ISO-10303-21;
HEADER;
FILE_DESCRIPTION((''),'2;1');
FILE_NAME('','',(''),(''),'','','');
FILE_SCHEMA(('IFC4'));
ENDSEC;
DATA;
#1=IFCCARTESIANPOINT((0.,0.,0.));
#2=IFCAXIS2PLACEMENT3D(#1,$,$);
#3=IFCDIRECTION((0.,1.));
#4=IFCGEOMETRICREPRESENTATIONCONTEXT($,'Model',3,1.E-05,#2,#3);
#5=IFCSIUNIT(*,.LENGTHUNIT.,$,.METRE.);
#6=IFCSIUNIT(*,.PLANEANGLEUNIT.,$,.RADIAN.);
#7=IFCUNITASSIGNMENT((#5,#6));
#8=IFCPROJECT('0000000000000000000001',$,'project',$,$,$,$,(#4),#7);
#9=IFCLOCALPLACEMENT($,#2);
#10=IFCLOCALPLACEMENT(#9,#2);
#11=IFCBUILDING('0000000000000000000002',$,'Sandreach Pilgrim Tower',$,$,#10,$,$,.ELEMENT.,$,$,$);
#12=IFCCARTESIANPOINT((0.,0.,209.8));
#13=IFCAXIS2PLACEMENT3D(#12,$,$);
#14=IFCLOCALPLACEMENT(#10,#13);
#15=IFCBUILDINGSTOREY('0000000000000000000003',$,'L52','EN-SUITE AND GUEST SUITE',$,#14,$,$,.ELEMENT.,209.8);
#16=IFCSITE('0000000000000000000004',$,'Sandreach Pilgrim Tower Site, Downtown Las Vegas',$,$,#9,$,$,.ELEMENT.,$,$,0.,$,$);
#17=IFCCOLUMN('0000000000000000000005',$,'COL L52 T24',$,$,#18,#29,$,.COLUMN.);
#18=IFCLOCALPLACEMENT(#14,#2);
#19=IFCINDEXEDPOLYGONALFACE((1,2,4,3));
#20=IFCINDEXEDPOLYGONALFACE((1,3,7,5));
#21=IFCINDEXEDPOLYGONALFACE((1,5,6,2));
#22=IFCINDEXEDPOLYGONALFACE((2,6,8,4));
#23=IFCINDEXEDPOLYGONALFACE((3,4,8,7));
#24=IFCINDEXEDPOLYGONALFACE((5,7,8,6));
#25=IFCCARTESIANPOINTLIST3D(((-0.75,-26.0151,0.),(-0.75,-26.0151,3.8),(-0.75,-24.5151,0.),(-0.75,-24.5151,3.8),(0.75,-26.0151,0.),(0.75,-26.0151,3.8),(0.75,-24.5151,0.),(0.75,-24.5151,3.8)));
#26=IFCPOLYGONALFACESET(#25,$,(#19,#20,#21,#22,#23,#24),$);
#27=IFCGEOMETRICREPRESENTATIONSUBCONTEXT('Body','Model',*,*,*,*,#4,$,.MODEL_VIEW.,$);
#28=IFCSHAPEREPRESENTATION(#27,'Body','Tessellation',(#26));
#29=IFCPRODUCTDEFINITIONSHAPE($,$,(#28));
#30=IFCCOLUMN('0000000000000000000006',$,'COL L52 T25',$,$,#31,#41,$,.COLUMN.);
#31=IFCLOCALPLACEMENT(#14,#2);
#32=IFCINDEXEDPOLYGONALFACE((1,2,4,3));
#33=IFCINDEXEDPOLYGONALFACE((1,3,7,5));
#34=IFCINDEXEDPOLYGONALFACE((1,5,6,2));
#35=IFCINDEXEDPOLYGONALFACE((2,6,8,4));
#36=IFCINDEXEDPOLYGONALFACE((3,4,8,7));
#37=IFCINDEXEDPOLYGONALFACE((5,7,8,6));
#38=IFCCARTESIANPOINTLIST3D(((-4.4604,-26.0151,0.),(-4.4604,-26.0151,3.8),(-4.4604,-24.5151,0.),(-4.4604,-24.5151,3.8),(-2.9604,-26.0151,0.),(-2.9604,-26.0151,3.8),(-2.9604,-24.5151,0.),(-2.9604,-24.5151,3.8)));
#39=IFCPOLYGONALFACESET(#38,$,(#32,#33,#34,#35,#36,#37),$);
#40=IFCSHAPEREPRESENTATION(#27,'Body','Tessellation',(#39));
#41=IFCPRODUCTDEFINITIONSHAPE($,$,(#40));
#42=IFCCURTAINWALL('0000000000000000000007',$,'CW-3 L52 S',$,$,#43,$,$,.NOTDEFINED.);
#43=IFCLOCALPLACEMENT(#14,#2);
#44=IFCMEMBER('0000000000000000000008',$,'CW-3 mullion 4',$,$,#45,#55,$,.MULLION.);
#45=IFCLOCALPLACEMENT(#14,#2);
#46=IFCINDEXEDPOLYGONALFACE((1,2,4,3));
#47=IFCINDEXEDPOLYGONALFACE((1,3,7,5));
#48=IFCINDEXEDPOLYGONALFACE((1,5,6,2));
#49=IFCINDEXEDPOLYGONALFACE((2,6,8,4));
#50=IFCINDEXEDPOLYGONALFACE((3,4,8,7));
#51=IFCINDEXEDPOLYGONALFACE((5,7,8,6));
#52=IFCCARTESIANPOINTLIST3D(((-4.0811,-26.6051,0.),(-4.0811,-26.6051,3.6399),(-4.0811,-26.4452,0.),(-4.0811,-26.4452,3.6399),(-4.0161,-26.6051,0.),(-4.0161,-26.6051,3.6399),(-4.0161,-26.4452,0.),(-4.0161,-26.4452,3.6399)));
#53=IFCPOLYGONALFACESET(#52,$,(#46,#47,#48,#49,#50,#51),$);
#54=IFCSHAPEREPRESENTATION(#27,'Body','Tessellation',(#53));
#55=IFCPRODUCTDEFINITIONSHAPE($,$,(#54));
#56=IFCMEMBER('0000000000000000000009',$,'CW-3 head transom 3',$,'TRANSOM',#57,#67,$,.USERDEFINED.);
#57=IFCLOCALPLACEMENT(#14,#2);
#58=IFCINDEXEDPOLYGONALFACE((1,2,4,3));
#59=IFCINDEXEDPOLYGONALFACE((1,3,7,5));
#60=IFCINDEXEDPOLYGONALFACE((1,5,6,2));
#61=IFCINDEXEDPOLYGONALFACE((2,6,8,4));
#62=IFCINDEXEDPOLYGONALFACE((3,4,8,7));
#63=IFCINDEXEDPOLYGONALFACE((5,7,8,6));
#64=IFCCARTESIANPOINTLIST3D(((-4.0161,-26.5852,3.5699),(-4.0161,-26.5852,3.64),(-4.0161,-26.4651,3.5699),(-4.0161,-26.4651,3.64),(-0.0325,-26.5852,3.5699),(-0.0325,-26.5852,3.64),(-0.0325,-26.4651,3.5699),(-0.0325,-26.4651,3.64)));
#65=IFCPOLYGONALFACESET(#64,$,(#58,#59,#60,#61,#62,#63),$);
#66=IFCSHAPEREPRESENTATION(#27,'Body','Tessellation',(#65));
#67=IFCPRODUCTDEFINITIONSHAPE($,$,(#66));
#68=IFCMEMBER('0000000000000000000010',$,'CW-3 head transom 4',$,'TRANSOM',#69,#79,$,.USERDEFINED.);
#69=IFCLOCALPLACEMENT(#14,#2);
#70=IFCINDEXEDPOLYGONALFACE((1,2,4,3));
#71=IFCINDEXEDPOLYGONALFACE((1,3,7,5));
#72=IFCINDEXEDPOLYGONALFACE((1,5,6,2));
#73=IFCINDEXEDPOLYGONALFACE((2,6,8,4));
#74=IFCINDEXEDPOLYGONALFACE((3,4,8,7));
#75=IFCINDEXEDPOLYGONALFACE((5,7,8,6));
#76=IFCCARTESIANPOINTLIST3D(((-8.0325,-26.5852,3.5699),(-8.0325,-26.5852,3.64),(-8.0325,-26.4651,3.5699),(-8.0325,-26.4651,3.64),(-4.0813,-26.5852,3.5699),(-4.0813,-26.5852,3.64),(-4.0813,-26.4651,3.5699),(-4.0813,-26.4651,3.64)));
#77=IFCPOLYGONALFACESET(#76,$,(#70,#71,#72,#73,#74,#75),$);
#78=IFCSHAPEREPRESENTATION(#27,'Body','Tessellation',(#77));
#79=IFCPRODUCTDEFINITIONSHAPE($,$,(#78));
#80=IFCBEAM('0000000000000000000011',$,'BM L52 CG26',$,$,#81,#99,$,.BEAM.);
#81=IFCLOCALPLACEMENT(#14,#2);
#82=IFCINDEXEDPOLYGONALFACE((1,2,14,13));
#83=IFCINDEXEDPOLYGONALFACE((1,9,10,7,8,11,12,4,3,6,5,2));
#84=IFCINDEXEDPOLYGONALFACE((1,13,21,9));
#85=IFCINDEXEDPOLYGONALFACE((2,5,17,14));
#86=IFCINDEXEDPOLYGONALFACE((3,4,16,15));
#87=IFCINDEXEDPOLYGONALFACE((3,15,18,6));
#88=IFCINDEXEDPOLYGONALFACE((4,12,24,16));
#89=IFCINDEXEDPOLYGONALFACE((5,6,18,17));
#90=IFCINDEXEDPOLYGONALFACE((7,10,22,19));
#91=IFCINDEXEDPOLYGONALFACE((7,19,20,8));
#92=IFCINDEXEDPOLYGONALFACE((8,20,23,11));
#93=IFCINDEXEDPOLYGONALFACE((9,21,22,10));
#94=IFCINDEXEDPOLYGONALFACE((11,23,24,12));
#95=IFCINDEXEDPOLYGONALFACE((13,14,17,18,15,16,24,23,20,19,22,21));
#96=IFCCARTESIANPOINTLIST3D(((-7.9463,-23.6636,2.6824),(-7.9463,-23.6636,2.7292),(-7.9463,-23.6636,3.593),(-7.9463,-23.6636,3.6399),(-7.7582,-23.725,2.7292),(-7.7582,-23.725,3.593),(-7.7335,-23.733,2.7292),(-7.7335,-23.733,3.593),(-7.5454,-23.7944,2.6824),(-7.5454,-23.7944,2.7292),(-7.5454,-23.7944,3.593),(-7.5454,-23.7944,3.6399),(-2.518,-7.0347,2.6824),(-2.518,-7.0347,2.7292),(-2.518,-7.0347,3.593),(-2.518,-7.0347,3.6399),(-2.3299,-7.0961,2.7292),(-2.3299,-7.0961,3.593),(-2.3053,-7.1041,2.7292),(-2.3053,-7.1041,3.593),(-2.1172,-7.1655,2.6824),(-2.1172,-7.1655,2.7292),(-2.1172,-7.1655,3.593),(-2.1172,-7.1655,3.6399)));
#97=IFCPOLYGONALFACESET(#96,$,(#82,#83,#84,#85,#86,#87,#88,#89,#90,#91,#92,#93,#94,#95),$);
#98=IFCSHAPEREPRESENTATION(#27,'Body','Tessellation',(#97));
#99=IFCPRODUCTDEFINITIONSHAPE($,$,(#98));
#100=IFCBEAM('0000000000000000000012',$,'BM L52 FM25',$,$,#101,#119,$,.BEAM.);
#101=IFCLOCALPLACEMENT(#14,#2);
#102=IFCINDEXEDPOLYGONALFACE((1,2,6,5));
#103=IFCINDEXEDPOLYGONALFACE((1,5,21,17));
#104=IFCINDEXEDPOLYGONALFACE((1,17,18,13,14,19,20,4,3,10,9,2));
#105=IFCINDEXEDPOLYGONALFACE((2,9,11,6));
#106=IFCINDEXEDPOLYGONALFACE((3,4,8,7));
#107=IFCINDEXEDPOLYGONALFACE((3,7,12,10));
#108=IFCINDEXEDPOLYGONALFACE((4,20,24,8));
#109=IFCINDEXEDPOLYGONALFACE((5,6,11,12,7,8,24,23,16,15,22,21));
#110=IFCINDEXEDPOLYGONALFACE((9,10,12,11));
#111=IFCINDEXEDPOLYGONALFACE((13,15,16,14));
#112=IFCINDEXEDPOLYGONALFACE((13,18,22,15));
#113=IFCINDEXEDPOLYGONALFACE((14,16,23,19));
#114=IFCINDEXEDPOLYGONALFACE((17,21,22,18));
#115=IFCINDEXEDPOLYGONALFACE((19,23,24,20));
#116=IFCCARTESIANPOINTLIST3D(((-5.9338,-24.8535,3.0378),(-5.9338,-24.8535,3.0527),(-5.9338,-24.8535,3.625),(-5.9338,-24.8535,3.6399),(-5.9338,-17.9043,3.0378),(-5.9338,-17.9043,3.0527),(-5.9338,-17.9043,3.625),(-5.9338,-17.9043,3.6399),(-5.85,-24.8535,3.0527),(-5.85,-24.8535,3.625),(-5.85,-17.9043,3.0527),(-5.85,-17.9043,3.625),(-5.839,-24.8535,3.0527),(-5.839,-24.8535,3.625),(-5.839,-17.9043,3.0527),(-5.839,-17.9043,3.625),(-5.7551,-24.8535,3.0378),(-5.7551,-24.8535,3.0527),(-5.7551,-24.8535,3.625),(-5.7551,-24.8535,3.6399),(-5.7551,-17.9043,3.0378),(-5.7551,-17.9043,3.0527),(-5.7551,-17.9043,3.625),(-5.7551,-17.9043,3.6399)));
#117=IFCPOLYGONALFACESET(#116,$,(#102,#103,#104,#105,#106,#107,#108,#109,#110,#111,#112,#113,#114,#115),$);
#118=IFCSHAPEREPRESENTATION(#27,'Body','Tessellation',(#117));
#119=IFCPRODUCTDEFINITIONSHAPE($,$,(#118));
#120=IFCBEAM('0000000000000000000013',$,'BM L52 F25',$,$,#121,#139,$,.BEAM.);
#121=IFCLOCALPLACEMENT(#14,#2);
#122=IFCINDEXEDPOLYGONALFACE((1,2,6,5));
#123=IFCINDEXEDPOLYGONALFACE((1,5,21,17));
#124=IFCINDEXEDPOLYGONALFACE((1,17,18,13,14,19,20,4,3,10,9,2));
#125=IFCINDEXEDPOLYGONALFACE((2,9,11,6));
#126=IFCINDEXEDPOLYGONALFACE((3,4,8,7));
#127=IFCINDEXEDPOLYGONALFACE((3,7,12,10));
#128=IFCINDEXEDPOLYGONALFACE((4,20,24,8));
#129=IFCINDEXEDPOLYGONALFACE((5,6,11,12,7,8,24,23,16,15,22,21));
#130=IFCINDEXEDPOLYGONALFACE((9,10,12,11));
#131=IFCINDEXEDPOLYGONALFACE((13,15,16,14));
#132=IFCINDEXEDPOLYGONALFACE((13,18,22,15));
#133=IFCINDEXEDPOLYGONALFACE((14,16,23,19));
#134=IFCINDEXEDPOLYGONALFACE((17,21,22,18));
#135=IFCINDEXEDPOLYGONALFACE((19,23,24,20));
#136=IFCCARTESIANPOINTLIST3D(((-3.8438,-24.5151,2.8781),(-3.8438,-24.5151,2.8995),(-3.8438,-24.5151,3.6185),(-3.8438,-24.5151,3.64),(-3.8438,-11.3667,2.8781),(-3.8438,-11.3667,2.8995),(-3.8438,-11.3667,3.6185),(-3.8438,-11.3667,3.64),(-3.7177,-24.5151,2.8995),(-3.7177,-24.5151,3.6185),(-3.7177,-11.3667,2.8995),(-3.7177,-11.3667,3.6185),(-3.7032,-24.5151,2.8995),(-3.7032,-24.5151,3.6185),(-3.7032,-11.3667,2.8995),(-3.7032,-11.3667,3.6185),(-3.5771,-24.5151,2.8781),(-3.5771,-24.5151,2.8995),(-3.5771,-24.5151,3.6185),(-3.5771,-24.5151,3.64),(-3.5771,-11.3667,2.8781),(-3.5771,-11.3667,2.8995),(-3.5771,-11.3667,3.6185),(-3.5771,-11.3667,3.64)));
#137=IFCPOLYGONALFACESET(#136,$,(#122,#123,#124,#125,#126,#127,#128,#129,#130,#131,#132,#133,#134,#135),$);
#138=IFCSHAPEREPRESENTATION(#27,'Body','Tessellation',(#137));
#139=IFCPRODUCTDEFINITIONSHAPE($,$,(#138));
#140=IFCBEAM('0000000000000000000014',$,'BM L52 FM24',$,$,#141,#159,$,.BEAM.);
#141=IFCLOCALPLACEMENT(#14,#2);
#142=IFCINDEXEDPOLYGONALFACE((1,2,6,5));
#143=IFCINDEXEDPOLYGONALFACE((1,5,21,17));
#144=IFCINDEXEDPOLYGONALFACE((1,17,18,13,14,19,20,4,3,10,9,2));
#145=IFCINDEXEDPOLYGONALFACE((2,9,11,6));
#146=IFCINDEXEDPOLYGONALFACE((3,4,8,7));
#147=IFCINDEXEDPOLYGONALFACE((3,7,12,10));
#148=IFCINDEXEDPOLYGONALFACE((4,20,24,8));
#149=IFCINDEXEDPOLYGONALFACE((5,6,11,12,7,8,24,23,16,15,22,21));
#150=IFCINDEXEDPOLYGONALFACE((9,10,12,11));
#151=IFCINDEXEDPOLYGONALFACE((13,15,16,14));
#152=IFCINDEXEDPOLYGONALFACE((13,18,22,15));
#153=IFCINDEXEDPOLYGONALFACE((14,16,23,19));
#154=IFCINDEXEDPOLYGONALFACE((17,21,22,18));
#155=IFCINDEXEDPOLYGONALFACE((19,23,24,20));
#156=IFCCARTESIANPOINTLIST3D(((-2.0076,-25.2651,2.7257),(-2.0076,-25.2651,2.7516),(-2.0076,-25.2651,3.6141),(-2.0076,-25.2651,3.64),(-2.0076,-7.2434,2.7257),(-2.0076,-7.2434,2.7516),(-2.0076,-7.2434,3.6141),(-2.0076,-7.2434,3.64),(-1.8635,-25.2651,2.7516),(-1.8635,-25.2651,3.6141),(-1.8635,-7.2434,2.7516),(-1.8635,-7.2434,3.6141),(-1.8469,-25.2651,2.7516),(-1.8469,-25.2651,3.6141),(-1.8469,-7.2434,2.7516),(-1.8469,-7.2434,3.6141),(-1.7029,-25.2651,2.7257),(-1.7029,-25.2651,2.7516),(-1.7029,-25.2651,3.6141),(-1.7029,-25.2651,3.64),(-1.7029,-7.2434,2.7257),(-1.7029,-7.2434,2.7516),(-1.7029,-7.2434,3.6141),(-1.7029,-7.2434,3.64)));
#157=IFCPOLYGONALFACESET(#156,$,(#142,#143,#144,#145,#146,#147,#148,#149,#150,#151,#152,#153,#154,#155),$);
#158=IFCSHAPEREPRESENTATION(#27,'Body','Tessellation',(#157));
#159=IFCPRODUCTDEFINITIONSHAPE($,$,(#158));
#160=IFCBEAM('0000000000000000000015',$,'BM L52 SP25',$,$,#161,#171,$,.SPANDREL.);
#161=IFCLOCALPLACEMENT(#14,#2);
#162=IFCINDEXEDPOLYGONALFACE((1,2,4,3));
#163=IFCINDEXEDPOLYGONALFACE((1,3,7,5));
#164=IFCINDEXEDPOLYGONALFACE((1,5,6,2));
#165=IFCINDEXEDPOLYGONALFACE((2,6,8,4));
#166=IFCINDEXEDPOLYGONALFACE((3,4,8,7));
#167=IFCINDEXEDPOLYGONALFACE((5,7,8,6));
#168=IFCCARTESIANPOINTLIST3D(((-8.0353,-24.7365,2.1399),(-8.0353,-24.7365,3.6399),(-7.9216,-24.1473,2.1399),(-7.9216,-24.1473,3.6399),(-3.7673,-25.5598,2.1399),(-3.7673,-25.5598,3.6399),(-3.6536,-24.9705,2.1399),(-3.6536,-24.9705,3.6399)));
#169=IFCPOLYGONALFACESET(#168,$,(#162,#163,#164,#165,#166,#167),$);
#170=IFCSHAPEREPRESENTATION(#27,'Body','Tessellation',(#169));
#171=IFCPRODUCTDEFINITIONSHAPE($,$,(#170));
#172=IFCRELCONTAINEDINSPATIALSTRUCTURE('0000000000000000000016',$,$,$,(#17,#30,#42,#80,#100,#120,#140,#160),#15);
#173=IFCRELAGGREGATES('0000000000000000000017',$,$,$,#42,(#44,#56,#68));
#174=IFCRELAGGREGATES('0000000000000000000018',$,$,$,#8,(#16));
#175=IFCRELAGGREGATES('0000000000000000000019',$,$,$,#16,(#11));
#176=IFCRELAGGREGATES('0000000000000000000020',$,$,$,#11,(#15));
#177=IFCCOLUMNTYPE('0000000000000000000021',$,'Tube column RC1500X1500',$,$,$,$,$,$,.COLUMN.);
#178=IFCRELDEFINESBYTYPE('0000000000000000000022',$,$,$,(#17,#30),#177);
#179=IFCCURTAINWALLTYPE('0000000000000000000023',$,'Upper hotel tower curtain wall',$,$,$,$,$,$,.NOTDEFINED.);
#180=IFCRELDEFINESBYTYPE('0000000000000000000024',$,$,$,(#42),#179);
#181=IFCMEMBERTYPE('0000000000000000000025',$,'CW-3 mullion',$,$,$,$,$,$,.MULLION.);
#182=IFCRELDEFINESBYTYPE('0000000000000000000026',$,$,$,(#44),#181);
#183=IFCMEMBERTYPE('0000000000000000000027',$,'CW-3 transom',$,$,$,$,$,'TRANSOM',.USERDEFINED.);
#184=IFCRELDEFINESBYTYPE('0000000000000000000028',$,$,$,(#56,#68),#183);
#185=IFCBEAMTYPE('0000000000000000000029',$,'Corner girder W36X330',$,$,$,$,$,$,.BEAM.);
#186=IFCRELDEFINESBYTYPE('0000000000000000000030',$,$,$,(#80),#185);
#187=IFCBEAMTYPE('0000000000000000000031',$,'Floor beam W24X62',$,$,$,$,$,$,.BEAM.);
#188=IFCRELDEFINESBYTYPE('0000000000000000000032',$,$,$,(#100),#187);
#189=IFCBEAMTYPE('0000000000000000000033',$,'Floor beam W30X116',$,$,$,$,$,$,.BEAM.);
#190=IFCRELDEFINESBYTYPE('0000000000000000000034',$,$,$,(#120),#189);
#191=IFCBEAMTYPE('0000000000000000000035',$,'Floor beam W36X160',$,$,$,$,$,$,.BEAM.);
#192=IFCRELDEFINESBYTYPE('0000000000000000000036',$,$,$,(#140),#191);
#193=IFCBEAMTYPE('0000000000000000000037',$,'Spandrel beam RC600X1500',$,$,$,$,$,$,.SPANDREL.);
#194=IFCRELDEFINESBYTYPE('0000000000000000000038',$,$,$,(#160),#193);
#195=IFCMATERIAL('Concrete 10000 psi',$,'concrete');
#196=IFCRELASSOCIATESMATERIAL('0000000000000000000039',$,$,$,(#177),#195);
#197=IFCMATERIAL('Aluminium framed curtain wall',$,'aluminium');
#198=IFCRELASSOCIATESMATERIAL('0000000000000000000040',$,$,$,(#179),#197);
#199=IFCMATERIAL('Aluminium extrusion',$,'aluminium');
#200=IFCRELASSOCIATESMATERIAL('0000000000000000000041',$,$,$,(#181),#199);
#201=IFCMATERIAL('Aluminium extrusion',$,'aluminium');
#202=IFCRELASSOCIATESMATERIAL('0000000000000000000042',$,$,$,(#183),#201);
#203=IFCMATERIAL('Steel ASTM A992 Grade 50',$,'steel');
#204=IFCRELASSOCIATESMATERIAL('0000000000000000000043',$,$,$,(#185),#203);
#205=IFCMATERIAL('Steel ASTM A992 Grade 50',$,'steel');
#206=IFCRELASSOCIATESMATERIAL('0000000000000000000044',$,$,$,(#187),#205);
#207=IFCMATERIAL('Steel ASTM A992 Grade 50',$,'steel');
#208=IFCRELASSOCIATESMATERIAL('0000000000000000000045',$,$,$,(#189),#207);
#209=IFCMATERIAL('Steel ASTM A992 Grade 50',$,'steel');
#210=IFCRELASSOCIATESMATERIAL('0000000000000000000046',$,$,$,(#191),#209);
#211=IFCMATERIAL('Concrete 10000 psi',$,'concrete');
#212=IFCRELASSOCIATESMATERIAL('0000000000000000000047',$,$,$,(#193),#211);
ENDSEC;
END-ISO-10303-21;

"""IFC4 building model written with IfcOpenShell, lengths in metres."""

from ifc_helpers import new_model, si_unit, direction, frame, origin, origin_2d, place, context, subcontext, project, spatial, rectangle, i_section, extrude, material, material_profile, profile_set, type_object, element, aggregate, save


model = new_model("IFC4")

# Units and contexts
model_context = context("Model", 3, precision=1e-05, world=origin(), true_north=direction((0.0, 1.0)))
body_context = subcontext(model_context, "Body", "Model", "MODEL_VIEW")
ifc_project = project(units=[si_unit("LENGTHUNIT", "METRE"), si_unit("PLANEANGLEUNIT", "RADIAN")], contexts=[model_context])

# Site, building, storey
site_placement = place(None, origin())
site = spatial("IfcSite", under=ifc_project, at=site_placement, Name="Sandreach Pilgrim Tower Site, Downtown Las Vegas", CompositionType="ELEMENT", RefElevation=0.0)
building_placement = place(site_placement, origin())
building = spatial("IfcBuilding", under=site, at=building_placement, Name="Sandreach Pilgrim Tower", CompositionType="ELEMENT")
storey_placement = place(building_placement, frame((0.0, 0.0, 209.8)))
storey = spatial("IfcBuildingStorey", under=building, at=storey_placement, Name="L52", Description="EN-SUITE AND GUEST SUITE", CompositionType="ELEMENT", Elevation=209.8)

# Columns
ifc_material_1 = material(Name="Concrete 10000 psi", Category="concrete")
ifc_material_profile_1 = material_profile(ifc_material_1, rectangle(XDim=1.5, YDim=1.5, at=origin_2d()), Name="RC1500X1500")
ifc_profile_set_1 = profile_set([ifc_material_profile_1], Name="Concrete 10000 psi")
column_type = type_object("IfcColumnType", Name="Tube column RC1500X1500", PredefinedType="COLUMN", material=ifc_profile_set_1)
for number, where, z_axis, x_axis, name in (
    (1, (0.0, -25.2651, 0.0), (0.0, 0.0, 1.0), (0.0, -1.0, 0.0), "COL L52 T24"),
    (2, (-3.7104, -25.2651, 0.0), (0.0, 0.0, 1.0), (0.0, -1.0, 0.0), "COL L52 T25"),
):
    element("IfcColumn", number, at=place(storey_placement, frame(where, z_axis=z_axis, x_axis=x_axis)), inside=storey, type_object=column_type, Name=name, PredefinedType="COLUMN", context=body_context, shape_type="SweptSolid", body=[
        extrude(rectangle(XDim=1.5, YDim=1.5, at=origin_2d()), origin(), (0.0, 0.0, 1.0), 3.8),
    ])

# Curtain wall, members
ifc_material_2 = material(Name="Aluminium framed curtain wall", Category="aluminium")
curtain_wall_type = type_object("IfcCurtainWallType", Name="Upper hotel tower curtain wall", PredefinedType="NOTDEFINED", material=ifc_material_2)
curtain_wall_placement = place(storey_placement, origin())
curtain_wall = element("IfcCurtainWall", 3, at=curtain_wall_placement, inside=storey, type_object=curtain_wall_type, Name="CW-3 L52 S", PredefinedType="NOTDEFINED")
ifc_material_3 = material(Name="Aluminium extrusion", Category="aluminium")
ifc_material_profile_2 = material_profile(ifc_material_3, rectangle(XDim=0.0649, YDim=0.1599, at=origin_2d()), Name="CW-3M 65X160")
ifc_profile_set_2 = profile_set([ifc_material_profile_2], Name="Aluminium extrusion")
member_type_1 = type_object("IfcMemberType", Name="CW-3 mullion", PredefinedType="MULLION", material=ifc_profile_set_2)
member_1_placement = place(storey_placement, frame((-4.0486, -26.5251, 0.0), z_axis=(0.0, 0.0, 1.0), x_axis=(-1.0, 0.0, 0.0)))
member_1 = element("IfcMember", 4, at=member_1_placement, type_object=member_type_1, Name="CW-3 mullion 4", PredefinedType="MULLION", context=body_context, shape_type="SweptSolid", body=[
    extrude(rectangle(XDim=0.0649, YDim=0.1599, at=origin_2d()), origin(), (0.0, 0.0, 1.0), 3.6399),
])
ifc_material_4 = material(Name="Aluminium extrusion", Category="aluminium")
ifc_material_profile_3 = material_profile(ifc_material_4, rectangle(XDim=0.1201, YDim=0.0701, at=origin_2d()), Name="CW-3T 120X70")
ifc_profile_set_3 = profile_set([ifc_material_profile_3], Name="Aluminium extrusion")
member_type_2 = type_object("IfcMemberType", Name="CW-3 transom", ElementType="TRANSOM", PredefinedType="USERDEFINED", material=ifc_profile_set_3)
member_2_placement = place(storey_placement, frame((-0.0325, -26.5251, 3.605), z_axis=(-1.0, 0.0, 0.0), x_axis=(0.0, -1.0, 0.0)))
member_2 = element("IfcMember", 5, at=member_2_placement, type_object=member_type_2, Name="CW-3 head transom 3", ObjectType="TRANSOM", PredefinedType="USERDEFINED", context=body_context, shape_type="SweptSolid", body=[
    extrude(rectangle(XDim=0.1201, YDim=0.0701, at=origin_2d()), origin(), (0.0, 0.0, 1.0), 3.9836),
])
member_3_placement = place(storey_placement, frame((-4.0813, -26.5251, 3.605), z_axis=(-1.0, 0.0, 0.0), x_axis=(0.0, -1.0, 0.0)))
member_3 = element("IfcMember", 6, at=member_3_placement, type_object=member_type_2, Name="CW-3 head transom 4", ObjectType="TRANSOM", PredefinedType="USERDEFINED", context=body_context, shape_type="SweptSolid", body=[
    extrude(rectangle(XDim=0.1201, YDim=0.0701, at=origin_2d()), origin(), (0.0, 0.0, 1.0), 3.9512),
])

# Beams
ifc_material_5 = material(Name="Steel ASTM A992 Grade 50", Category="steel")
ifc_material_profile_4 = material_profile(ifc_material_5, i_section(OverallWidth=0.4216, OverallDepth=0.9575, WebThickness=0.0259, FlangeThickness=0.0469, at=origin_2d()), Name="W36X330")
ifc_profile_set_4 = profile_set([ifc_material_profile_4], Name="Steel ASTM A992 Grade 50")
beam_type_1 = type_object("IfcBeamType", Name="Corner girder W36X330", PredefinedType="BEAM", material=ifc_profile_set_4)
beam_1_placement = place(storey_placement, frame((-7.7458, -23.729, 3.1611), z_axis=(0.310318, 0.950633, 0.0), x_axis=(-0.950633, 0.310318, 0.0)))
element("IfcBeam", 7, at=beam_1_placement, inside=storey, type_object=beam_type_1, Name="BM L52 CG26", PredefinedType="BEAM", context=body_context, shape_type="SweptSolid", body=[
    extrude(i_section(OverallWidth=0.4216, OverallDepth=0.9575, WebThickness=0.0259, FlangeThickness=0.0469, at=origin_2d()), origin(), (0.0, 0.0, 1.0), 17.4924),
])
ifc_material_6 = material(Name="Steel ASTM A992 Grade 50", Category="steel")
ifc_material_profile_5 = material_profile(ifc_material_6, i_section(OverallWidth=0.1787, OverallDepth=0.6021, WebThickness=0.011, FlangeThickness=0.0149, at=origin_2d()), Name="W24X62")
ifc_profile_set_5 = profile_set([ifc_material_profile_5], Name="Steel ASTM A992 Grade 50")
beam_type_2 = type_object("IfcBeamType", Name="Floor beam W24X62", PredefinedType="BEAM", material=ifc_profile_set_5)
beam_2_placement = place(storey_placement, frame((-5.8445, -24.8535, 3.3389), z_axis=(0.0, 1.0, 0.0), x_axis=(-1.0, 0.0, 0.0)))
element("IfcBeam", 8, at=beam_2_placement, inside=storey, type_object=beam_type_2, Name="BM L52 FM25", PredefinedType="BEAM", context=body_context, shape_type="SweptSolid", body=[
    extrude(i_section(OverallWidth=0.1787, OverallDepth=0.6021, WebThickness=0.011, FlangeThickness=0.0149, at=origin_2d()), origin(), (0.0, 0.0, 1.0), 6.9492),
])
ifc_material_7 = material(Name="Steel ASTM A992 Grade 50", Category="steel")
ifc_material_profile_6 = material_profile(ifc_material_7, i_section(OverallWidth=0.2666, OverallDepth=0.762, WebThickness=0.0144, FlangeThickness=0.0215, at=origin_2d()), Name="W30X116")
ifc_profile_set_6 = profile_set([ifc_material_profile_6], Name="Steel ASTM A992 Grade 50")
beam_type_3 = type_object("IfcBeamType", Name="Floor beam W30X116", PredefinedType="BEAM", material=ifc_profile_set_6)
beam_3_placement = place(storey_placement, frame((-3.7104, -24.5151, 3.259), z_axis=(0.0, 1.0, 0.0), x_axis=(-1.0, 0.0, 0.0)))
element("IfcBeam", 9, at=beam_3_placement, inside=storey, type_object=beam_type_3, Name="BM L52 F25", PredefinedType="BEAM", context=body_context, shape_type="SweptSolid", body=[
    extrude(i_section(OverallWidth=0.2666, OverallDepth=0.762, WebThickness=0.0144, FlangeThickness=0.0215, at=origin_2d()), origin(), (0.0, 0.0, 1.0), 13.1484),
])
ifc_material_8 = material(Name="Steel ASTM A992 Grade 50", Category="steel")
ifc_material_profile_7 = material_profile(ifc_material_8, i_section(OverallWidth=0.3047, OverallDepth=0.9143, WebThickness=0.0166, FlangeThickness=0.0259, at=origin_2d()), Name="W36X160")
ifc_profile_set_7 = profile_set([ifc_material_profile_7], Name="Steel ASTM A992 Grade 50")
beam_type_4 = type_object("IfcBeamType", Name="Floor beam W36X160", PredefinedType="BEAM", material=ifc_profile_set_7)
beam_4_placement = place(storey_placement, frame((-1.8552, -25.2651, 3.1829), z_axis=(0.0, 1.0, 0.0), x_axis=(-1.0, 0.0, 0.0)))
element("IfcBeam", 10, at=beam_4_placement, inside=storey, type_object=beam_type_4, Name="BM L52 FM24", PredefinedType="BEAM", context=body_context, shape_type="SweptSolid", body=[
    extrude(i_section(OverallWidth=0.3047, OverallDepth=0.9143, WebThickness=0.0166, FlangeThickness=0.0259, at=origin_2d()), origin(), (0.0, 0.0, 1.0), 18.0217),
])
ifc_material_9 = material(Name="Concrete 10000 psi", Category="concrete")
ifc_material_profile_8 = material_profile(ifc_material_9, rectangle(XDim=0.6001, YDim=1.5, at=origin_2d()), Name="RC600X1500")
ifc_profile_set_8 = profile_set([ifc_material_profile_8], Name="Concrete 10000 psi")
beam_type_5 = type_object("IfcBeamType", Name="Spandrel beam RC600X1500", PredefinedType="SPANDREL", material=ifc_profile_set_8)
beam_5_placement = place(storey_placement, frame((-3.7104, -25.2651, 2.8899), z_axis=(-0.981901, 0.189393, 0.0), x_axis=(-0.189393, -0.981901, 0.0)))
element("IfcBeam", 11, at=beam_5_placement, inside=storey, type_object=beam_type_5, Name="BM L52 SP25", PredefinedType="SPANDREL", context=body_context, shape_type="SweptSolid", body=[
    extrude(rectangle(XDim=0.6001, YDim=1.5, at=origin_2d()), origin(), (0.0, 0.0, 1.0), 4.3467),
])

aggregate(curtain_wall, [member_1, member_2, member_3])

save(model, "model.ifc")
